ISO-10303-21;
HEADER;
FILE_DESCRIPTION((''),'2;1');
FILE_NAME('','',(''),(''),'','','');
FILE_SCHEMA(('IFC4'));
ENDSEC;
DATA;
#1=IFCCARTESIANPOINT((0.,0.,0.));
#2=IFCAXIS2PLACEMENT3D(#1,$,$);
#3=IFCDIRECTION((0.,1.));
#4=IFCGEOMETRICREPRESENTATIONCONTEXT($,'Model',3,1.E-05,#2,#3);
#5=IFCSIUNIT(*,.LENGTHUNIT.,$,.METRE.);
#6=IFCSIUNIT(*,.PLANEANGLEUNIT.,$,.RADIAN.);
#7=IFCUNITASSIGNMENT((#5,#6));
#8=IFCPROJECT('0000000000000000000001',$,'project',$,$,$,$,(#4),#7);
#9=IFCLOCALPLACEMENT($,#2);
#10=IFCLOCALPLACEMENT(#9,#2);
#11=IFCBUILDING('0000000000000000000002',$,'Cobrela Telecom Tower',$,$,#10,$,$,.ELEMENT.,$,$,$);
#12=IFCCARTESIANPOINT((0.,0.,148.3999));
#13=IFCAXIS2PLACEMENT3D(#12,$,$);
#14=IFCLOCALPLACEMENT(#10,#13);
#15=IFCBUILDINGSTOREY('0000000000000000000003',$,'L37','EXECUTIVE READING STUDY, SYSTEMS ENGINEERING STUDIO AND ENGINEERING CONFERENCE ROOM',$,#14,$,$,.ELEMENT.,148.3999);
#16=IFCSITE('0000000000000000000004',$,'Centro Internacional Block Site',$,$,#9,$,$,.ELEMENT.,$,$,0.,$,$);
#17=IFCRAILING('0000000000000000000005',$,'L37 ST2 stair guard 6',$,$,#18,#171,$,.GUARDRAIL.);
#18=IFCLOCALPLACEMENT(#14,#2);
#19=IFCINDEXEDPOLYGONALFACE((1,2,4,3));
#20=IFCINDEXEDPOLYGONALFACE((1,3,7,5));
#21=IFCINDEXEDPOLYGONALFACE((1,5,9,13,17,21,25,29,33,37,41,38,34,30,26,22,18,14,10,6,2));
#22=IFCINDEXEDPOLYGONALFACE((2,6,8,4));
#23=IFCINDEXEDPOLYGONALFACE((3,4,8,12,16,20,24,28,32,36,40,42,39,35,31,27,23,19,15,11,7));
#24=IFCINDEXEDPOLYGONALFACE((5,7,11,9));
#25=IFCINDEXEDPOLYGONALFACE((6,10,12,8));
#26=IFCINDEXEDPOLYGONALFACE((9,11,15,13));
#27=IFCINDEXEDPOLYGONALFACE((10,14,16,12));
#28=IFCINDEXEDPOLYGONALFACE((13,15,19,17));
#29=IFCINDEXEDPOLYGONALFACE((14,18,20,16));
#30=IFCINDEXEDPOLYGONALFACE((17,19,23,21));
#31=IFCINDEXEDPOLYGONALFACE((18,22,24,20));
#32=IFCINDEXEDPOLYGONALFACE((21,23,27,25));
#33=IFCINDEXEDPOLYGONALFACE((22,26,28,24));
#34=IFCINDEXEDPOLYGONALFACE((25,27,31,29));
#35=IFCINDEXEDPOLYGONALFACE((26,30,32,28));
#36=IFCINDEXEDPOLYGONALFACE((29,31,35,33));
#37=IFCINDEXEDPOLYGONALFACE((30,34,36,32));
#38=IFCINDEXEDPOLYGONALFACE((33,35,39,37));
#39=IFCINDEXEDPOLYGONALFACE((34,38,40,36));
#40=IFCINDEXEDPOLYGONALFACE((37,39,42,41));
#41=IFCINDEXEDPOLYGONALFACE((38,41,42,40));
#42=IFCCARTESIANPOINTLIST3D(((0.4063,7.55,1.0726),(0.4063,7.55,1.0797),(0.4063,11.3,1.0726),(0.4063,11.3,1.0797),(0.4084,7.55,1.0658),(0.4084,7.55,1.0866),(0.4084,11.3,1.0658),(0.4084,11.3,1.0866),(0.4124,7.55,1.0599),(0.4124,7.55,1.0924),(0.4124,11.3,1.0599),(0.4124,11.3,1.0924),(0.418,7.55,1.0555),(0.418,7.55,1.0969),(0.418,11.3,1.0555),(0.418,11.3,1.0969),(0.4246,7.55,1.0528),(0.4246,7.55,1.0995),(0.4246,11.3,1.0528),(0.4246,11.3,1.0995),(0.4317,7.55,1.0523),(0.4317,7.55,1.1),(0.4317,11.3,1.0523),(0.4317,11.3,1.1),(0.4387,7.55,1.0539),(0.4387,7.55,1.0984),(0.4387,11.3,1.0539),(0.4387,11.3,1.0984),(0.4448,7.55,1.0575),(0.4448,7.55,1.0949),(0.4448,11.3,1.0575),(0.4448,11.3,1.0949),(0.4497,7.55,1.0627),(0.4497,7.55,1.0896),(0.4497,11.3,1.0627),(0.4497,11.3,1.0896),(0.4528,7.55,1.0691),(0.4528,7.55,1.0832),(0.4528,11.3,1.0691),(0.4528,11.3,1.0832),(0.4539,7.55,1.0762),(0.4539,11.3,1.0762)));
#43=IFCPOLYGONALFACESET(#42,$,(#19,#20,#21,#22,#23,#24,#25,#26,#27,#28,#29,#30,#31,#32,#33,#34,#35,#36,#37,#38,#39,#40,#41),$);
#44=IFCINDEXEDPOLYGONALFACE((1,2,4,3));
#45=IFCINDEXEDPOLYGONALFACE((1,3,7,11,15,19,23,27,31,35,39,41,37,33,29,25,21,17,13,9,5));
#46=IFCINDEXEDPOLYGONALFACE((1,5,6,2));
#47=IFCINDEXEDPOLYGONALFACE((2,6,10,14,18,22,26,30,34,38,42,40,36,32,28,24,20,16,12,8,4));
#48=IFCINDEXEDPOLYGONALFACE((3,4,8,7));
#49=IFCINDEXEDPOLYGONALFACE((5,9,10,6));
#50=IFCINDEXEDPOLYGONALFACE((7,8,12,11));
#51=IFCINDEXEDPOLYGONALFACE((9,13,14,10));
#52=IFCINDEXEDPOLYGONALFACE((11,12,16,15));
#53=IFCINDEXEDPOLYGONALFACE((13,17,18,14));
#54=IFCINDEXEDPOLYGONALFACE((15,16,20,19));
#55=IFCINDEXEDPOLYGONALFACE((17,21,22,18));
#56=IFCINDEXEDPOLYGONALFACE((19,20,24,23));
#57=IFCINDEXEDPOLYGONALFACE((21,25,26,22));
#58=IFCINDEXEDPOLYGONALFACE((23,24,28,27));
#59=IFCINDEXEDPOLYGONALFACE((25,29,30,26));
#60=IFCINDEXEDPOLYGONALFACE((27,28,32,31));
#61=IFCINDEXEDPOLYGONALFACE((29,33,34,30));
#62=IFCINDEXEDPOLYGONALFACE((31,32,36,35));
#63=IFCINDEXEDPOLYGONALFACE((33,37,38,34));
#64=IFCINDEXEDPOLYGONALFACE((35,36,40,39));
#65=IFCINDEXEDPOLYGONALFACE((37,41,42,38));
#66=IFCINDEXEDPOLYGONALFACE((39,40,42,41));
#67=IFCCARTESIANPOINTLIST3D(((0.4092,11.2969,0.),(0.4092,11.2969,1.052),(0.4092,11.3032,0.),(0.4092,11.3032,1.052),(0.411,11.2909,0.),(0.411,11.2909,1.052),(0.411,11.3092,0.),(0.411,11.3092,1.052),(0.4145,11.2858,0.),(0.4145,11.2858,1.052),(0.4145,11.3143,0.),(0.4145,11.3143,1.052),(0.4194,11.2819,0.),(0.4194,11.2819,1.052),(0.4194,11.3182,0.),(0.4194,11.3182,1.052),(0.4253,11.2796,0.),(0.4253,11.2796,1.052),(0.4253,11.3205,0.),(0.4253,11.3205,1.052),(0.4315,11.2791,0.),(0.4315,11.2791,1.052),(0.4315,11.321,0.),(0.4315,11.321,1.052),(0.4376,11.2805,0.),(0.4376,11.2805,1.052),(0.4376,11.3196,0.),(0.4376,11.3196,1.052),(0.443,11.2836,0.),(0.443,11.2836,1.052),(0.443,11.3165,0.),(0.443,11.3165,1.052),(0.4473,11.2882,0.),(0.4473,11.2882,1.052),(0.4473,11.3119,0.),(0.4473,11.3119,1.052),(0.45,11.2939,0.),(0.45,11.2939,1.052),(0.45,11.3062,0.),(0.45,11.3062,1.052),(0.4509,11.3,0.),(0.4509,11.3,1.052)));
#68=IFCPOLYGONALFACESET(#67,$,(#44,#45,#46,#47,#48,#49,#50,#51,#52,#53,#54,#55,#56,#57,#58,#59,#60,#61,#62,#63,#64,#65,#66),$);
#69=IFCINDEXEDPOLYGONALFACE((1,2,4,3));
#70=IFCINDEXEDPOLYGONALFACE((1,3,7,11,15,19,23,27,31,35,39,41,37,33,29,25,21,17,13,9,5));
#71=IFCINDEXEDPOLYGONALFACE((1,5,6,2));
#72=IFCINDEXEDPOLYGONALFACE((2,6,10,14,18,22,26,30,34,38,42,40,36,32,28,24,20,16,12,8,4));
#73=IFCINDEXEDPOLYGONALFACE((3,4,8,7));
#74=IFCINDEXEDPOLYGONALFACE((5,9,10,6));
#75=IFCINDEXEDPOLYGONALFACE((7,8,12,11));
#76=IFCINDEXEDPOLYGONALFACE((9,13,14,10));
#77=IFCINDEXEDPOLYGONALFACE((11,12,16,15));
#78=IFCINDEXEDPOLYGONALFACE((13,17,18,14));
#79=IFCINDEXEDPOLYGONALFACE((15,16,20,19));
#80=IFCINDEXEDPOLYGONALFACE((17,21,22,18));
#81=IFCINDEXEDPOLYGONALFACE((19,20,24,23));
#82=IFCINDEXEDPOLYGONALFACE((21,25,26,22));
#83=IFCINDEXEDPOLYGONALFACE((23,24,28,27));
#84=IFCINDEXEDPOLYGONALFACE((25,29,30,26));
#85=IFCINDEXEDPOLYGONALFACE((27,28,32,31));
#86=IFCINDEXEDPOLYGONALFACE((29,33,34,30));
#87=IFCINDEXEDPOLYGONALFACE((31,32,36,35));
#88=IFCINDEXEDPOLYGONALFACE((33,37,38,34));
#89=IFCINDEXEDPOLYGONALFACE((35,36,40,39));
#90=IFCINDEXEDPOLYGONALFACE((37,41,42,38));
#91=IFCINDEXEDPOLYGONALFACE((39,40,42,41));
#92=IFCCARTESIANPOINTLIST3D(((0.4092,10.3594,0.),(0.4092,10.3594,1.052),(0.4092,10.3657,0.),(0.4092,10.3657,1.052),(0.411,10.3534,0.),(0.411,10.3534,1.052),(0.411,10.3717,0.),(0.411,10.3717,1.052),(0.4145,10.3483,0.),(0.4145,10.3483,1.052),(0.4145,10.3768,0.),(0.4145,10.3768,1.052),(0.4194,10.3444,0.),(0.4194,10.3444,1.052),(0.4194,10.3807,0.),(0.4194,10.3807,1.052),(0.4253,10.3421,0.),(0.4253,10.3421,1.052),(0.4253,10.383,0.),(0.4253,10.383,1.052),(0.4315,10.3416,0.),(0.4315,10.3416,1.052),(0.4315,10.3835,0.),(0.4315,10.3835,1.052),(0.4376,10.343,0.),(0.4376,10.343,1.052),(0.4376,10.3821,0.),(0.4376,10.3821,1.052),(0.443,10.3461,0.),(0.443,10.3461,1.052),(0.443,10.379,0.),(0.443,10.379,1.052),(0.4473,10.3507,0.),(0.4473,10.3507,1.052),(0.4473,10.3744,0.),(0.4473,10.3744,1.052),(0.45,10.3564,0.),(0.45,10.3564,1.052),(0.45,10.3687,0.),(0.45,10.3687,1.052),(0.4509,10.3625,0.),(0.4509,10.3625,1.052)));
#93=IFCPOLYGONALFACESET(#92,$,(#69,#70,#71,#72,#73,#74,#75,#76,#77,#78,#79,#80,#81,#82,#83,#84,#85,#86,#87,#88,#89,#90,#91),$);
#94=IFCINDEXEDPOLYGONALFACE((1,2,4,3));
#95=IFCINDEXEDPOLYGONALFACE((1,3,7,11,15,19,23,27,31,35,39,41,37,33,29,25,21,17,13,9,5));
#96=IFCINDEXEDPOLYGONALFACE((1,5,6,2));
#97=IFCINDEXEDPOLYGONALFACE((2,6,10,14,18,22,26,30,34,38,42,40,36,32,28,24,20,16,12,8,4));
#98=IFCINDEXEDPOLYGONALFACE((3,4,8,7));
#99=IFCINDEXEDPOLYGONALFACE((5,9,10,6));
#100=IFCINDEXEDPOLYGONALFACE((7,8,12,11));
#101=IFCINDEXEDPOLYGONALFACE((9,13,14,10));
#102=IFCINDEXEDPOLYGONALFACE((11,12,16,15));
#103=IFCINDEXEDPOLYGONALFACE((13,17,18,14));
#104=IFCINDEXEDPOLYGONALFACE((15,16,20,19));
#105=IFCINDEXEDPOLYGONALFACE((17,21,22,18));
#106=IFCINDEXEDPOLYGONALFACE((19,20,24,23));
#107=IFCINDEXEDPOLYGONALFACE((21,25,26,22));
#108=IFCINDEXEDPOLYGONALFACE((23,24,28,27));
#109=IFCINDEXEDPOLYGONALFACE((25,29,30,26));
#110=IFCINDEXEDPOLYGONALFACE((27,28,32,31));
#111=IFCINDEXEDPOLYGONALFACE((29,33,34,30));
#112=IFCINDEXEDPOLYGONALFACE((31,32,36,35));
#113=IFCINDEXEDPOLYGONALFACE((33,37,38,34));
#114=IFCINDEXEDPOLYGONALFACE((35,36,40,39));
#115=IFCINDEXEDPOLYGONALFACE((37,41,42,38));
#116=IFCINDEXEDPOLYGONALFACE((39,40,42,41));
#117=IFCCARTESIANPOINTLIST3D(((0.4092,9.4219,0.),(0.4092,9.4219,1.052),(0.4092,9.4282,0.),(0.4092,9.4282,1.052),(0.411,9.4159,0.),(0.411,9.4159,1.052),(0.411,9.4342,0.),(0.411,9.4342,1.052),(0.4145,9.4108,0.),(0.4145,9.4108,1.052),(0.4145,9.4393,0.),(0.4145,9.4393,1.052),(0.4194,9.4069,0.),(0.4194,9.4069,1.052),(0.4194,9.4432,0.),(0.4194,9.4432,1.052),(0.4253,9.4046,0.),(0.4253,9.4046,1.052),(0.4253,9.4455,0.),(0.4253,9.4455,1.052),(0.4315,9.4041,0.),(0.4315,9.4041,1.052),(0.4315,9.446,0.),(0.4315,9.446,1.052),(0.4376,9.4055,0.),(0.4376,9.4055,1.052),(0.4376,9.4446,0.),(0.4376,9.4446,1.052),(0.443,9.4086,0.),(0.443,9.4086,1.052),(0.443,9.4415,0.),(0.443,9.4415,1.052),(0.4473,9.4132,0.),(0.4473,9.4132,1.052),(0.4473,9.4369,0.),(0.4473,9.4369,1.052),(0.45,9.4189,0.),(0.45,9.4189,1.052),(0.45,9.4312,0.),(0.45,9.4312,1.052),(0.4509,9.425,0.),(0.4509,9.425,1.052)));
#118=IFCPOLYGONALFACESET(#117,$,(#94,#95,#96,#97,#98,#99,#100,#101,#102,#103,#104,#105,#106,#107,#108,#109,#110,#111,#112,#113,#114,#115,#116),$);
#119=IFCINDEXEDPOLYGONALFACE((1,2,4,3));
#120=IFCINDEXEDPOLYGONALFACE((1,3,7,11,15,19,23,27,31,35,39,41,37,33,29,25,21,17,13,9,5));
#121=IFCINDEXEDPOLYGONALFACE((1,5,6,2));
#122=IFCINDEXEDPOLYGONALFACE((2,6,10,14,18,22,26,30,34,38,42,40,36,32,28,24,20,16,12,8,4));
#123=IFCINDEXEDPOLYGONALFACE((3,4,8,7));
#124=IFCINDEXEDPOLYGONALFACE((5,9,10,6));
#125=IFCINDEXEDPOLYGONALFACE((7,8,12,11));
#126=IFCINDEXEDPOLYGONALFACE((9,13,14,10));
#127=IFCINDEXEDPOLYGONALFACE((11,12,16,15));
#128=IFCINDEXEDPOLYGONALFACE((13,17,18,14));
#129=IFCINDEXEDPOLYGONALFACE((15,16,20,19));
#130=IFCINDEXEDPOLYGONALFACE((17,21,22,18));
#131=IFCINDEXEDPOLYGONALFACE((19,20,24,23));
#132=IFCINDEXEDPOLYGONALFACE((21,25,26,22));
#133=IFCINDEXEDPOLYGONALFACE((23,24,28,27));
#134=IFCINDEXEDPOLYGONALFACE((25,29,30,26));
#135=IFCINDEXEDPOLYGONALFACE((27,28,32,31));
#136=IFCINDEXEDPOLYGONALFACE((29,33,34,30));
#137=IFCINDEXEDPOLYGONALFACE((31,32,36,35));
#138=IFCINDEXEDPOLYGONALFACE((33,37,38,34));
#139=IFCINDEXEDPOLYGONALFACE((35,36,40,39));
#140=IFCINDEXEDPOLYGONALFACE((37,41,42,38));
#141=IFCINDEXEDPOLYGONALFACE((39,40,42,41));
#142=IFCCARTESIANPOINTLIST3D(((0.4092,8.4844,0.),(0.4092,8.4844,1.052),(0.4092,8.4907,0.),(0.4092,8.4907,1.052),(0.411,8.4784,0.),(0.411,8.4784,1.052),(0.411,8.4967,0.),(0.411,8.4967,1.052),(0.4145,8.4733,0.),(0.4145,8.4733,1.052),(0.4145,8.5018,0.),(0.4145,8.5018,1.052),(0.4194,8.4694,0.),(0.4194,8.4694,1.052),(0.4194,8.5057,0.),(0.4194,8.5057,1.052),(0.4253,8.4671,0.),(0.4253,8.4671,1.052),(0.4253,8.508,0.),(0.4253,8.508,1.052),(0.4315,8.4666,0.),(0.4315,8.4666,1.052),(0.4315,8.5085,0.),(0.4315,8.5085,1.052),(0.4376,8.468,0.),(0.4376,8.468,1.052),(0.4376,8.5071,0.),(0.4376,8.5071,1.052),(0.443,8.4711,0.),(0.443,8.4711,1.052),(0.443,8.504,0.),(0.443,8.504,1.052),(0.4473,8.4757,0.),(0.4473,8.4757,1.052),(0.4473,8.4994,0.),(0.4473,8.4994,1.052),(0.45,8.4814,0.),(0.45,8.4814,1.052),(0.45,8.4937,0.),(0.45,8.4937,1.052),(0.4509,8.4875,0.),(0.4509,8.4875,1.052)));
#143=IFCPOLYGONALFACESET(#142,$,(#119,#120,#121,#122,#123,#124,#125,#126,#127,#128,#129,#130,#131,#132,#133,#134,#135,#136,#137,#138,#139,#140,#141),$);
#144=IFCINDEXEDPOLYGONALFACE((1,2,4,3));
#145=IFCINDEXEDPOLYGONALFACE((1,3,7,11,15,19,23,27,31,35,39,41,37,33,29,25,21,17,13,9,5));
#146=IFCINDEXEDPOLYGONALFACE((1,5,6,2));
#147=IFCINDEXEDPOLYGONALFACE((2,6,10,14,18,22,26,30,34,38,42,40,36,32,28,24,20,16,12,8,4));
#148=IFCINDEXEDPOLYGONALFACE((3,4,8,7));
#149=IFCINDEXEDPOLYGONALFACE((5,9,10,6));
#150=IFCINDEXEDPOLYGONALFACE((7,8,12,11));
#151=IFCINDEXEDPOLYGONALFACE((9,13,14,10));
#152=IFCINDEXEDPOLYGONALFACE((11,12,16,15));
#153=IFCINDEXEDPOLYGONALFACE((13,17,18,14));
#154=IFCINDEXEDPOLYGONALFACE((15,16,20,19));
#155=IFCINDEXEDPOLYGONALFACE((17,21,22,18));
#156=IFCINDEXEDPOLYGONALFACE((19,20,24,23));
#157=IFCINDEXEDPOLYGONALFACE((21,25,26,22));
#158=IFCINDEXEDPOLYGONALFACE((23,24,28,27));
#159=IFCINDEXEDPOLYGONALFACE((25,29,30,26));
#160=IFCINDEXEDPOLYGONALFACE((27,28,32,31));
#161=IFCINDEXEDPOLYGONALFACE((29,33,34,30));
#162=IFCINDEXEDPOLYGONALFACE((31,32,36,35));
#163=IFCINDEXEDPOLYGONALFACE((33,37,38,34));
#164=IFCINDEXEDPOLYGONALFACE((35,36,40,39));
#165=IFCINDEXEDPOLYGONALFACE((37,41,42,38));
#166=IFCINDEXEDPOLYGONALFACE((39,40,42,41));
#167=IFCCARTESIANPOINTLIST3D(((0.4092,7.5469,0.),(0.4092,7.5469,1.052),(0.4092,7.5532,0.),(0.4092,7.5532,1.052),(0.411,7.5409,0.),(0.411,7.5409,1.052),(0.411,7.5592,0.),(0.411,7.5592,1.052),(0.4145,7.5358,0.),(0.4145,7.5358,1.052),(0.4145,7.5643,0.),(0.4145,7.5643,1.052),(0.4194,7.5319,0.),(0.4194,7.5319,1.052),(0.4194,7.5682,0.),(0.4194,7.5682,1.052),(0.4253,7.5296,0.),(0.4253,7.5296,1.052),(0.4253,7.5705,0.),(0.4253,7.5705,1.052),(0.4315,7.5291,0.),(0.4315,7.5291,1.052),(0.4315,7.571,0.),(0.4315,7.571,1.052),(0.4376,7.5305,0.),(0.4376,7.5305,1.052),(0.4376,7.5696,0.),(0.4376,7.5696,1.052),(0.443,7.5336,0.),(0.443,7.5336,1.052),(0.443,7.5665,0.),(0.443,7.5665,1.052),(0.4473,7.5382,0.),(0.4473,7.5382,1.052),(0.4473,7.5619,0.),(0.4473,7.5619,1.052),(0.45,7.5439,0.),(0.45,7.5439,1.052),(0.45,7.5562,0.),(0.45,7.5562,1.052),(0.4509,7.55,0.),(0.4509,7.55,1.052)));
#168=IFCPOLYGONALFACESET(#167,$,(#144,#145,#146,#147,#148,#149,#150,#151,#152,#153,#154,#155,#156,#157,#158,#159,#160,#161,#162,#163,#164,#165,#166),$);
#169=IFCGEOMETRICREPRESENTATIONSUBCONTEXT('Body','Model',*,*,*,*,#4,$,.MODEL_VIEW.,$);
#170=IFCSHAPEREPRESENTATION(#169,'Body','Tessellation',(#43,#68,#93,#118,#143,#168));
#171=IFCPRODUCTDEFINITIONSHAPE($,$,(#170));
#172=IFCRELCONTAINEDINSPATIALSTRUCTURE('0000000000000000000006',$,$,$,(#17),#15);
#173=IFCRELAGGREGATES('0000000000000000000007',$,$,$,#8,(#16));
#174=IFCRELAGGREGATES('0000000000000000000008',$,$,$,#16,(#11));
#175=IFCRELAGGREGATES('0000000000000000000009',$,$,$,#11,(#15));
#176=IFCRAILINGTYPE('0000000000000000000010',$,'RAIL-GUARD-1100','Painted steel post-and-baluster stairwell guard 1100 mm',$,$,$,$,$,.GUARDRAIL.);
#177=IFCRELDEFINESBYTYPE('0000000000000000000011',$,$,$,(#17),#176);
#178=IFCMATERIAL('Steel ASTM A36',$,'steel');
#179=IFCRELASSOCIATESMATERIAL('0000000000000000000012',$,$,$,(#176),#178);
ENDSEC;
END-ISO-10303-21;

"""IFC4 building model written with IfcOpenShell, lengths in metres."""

from ifc_helpers import new_model, si_unit, direction, frame, origin, origin_2d, place, context, subcontext, project, spatial, circle, extrude, material, type_object, element, save


model = new_model("IFC4")

# Units and contexts
model_context = context("Model", 3, precision=1e-05, world=origin(), true_north=direction((0.0, 1.0)))
body_context = subcontext(model_context, "Body", "Model", "MODEL_VIEW")
ifc_project = project(units=[si_unit("LENGTHUNIT", "METRE"), si_unit("PLANEANGLEUNIT", "RADIAN")], contexts=[model_context])

# Site, building, storey
site_placement = place(None, origin())
site = spatial("IfcSite", under=ifc_project, at=site_placement, Name="Centro Internacional Block Site", CompositionType="ELEMENT", RefElevation=0.0)
building_placement = place(site_placement, origin())
building = spatial("IfcBuilding", under=site, at=building_placement, Name="Cobrela Telecom Tower", CompositionType="ELEMENT")
storey_placement = place(building_placement, frame((0.0, 0.0, 148.3999)))
storey = spatial("IfcBuildingStorey", under=building, at=storey_placement, Name="L37", Description="EXECUTIVE READING STUDY, SYSTEMS ENGINEERING STUDIO AND ENGINEERING CONFERENCE ROOM", CompositionType="ELEMENT", Elevation=148.3999)

# Shared definitions
ifc_material_1 = material(Name="Steel ASTM A36", Category="steel")

# Railing
railing_type_1 = type_object("IfcRailingType", Name="RAIL-GUARD-1100", Description="Painted steel post-and-baluster stairwell guard 1100 mm", PredefinedType="GUARDRAIL", material=ifc_material_1)
railing_1_placement = place(storey_placement, frame((0.4299, 11.3, 0.0)))
element("IfcRailing", 1, at=railing_1_placement, inside=storey, type_object=railing_type_1, Name="L37 ST2 stair guard 6", PredefinedType="GUARDRAIL", context=body_context, shape_type="SweptSolid", body=[
    extrude(circle(Radius=0.0239, at=origin_2d()), frame((0.0, 0.0, 1.0762), z_axis=(0.0, -1.0, 0.0), x_axis=(1.0, 0.0, 0.0)), (0.0, 0.0, 1.0), 3.75),
    extrude(circle(Radius=0.021, at=origin_2d()), origin(), (0.0, 0.0, 1.0), 1.052),
    extrude(circle(Radius=0.021, at=origin_2d()), frame((0.0, -0.9375, 0.0)), (0.0, 0.0, 1.0), 1.052),
    extrude(circle(Radius=0.021, at=origin_2d()), frame((0.0, -1.875, 0.0)), (0.0, 0.0, 1.0), 1.052),
    extrude(circle(Radius=0.021, at=origin_2d()), frame((0.0, -2.8125, 0.0)), (0.0, 0.0, 1.0), 1.052),
    extrude(circle(Radius=0.021, at=origin_2d()), frame((0.0, -3.75, 0.0)), (0.0, 0.0, 1.0), 1.052),
])

save(model, "model.ifc")
